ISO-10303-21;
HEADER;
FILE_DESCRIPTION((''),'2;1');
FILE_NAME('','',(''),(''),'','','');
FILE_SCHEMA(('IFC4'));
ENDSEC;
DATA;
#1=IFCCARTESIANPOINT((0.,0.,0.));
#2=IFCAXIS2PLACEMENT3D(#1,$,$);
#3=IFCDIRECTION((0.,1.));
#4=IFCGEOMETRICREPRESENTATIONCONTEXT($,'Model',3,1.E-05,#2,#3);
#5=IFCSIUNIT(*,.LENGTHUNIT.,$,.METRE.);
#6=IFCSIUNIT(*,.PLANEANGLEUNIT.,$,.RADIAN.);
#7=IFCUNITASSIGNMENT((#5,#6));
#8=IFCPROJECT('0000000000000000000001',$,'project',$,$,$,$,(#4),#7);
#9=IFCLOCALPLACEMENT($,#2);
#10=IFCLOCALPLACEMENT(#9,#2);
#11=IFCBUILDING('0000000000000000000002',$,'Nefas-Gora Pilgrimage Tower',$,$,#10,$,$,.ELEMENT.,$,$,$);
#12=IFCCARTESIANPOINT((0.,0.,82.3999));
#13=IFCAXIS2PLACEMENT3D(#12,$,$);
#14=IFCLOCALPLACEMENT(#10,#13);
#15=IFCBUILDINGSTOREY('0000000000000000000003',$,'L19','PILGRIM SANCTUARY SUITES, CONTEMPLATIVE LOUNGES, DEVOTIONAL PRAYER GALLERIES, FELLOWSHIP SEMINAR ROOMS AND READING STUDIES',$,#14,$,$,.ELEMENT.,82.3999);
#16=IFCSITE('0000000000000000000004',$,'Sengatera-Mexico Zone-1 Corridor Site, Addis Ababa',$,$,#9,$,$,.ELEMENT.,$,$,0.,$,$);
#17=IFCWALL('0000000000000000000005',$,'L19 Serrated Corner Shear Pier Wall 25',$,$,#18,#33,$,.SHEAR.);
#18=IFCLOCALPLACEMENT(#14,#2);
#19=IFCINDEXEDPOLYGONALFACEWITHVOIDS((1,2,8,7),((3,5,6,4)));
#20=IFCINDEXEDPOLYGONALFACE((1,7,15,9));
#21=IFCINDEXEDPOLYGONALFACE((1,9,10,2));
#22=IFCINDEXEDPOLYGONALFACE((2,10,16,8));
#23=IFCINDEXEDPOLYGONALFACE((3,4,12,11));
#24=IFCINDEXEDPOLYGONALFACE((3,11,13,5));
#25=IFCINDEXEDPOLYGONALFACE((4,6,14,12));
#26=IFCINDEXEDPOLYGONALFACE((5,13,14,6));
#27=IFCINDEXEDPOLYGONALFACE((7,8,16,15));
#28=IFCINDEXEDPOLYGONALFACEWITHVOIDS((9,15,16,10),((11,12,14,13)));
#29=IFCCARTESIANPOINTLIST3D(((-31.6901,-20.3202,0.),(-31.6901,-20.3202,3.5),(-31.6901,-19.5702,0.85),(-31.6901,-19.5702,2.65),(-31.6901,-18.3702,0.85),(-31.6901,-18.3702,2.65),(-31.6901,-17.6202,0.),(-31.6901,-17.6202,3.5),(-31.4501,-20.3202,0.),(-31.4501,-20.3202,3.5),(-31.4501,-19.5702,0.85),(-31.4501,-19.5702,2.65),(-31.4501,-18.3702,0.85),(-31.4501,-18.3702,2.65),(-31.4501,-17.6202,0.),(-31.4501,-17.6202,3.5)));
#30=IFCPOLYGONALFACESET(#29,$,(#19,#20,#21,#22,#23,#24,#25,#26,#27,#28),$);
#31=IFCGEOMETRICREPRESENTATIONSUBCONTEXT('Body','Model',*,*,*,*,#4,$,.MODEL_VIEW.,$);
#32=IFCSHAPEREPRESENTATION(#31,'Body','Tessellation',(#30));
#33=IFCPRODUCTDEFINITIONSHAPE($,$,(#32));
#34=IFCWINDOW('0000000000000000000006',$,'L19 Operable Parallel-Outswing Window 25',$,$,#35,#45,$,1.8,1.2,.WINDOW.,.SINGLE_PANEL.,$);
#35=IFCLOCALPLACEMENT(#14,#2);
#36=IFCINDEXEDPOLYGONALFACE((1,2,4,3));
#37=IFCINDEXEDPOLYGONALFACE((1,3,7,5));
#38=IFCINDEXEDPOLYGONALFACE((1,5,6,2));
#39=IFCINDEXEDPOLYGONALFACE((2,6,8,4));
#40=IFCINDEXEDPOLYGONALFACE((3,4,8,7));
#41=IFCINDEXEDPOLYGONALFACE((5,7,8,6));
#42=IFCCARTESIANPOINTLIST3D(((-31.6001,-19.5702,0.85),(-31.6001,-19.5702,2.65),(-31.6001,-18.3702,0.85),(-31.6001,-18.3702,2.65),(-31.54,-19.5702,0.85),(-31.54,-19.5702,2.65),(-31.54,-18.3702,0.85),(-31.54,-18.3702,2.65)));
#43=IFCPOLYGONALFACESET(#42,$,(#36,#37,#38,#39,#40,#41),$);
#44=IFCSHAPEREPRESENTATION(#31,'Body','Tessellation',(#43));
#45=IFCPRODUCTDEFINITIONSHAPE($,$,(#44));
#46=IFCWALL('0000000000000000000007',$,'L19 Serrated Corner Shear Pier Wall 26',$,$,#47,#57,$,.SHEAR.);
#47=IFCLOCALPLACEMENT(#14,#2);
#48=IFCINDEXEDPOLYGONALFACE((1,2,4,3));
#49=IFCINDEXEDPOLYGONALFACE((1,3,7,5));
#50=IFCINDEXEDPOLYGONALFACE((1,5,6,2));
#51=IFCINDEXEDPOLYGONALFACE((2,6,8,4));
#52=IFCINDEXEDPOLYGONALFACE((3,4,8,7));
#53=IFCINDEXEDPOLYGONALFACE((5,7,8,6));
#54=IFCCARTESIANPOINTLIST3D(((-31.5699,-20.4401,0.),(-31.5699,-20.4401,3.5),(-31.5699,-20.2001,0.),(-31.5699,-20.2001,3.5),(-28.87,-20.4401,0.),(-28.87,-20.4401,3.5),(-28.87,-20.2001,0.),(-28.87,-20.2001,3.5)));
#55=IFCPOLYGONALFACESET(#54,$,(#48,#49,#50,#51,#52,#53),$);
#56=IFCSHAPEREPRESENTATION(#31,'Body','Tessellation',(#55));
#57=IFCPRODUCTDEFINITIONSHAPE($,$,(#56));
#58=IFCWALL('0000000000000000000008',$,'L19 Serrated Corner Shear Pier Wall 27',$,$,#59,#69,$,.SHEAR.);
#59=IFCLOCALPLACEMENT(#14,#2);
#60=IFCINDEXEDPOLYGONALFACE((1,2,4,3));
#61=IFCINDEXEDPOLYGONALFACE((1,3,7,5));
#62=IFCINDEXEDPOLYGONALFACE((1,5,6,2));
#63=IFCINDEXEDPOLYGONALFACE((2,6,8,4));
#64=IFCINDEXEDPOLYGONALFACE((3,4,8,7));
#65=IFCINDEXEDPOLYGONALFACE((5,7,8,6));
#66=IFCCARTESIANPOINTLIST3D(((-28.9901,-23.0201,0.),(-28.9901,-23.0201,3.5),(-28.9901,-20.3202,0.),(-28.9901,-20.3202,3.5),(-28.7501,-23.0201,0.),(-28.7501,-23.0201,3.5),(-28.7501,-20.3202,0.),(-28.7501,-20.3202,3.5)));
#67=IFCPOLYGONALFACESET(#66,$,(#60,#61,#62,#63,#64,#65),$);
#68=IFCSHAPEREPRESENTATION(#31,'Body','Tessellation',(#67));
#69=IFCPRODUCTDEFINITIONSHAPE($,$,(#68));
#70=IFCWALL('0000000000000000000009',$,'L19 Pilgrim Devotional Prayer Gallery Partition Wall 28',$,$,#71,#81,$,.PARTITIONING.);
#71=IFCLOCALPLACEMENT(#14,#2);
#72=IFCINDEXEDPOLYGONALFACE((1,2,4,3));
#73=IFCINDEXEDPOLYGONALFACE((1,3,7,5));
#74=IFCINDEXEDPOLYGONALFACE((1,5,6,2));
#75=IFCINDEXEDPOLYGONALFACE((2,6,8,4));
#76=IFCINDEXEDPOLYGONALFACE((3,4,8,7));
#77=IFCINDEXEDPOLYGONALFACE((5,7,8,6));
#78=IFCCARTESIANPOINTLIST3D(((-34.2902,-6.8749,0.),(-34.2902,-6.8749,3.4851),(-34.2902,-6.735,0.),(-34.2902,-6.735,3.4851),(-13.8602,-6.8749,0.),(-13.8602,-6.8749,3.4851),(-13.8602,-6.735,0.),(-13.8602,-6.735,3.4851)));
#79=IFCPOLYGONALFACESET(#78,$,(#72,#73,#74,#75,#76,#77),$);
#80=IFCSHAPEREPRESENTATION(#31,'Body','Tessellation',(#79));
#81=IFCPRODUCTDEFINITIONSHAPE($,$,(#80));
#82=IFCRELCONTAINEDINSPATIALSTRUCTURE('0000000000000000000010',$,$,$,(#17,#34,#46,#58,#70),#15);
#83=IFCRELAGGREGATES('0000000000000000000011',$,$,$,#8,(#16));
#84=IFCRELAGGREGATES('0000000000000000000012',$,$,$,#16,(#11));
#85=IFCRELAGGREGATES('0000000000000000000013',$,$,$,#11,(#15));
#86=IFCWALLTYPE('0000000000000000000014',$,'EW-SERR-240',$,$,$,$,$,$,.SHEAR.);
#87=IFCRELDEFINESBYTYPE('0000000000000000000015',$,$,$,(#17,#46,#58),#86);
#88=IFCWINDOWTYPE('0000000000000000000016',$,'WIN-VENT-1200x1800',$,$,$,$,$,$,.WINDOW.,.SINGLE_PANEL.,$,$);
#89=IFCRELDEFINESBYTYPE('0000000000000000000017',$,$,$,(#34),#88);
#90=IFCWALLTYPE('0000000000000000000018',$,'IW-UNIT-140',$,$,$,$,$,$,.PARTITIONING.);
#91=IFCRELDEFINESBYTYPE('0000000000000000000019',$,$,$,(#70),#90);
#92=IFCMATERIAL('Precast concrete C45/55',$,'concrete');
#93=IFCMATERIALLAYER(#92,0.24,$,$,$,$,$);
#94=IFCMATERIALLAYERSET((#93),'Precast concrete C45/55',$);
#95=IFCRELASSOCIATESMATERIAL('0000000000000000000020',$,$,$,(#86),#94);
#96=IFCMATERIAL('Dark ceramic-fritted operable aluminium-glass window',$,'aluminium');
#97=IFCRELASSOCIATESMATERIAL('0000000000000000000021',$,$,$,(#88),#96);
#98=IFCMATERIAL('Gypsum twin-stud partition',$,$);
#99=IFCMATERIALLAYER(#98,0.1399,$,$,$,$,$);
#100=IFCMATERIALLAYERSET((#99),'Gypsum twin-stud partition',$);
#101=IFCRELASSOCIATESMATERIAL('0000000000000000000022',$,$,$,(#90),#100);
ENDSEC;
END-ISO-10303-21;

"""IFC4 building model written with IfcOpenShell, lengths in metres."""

from ifc_helpers import new_model, si_unit, direction, frame, frame_2d, origin, place, context, subcontext, project, spatial, rectangle, extrude, source, transform, mapped, material, layer, layer_set, type_object, element, fill, save


model = new_model("IFC4")

# Units and contexts
model_context = context("Model", 3, precision=1e-05, world=origin(), true_north=direction((0.0, 1.0)))
body_context = subcontext(model_context, "Body", "Model", "MODEL_VIEW")
ifc_project = project(units=[si_unit("LENGTHUNIT", "METRE"), si_unit("PLANEANGLEUNIT", "RADIAN")], contexts=[model_context])

# Site, building, storey
site_placement = place(None, origin())
site = spatial("IfcSite", under=ifc_project, at=site_placement, Name="Sengatera-Mexico Zone-1 Corridor Site, Addis Ababa", CompositionType="ELEMENT", RefElevation=0.0)
building_placement = place(site_placement, origin())
building = spatial("IfcBuilding", under=site, at=building_placement, Name="Nefas-Gora Pilgrimage Tower", CompositionType="ELEMENT")
storey_placement = place(building_placement, frame((0.0, 0.0, 82.3999)))
storey = spatial("IfcBuildingStorey", under=building, at=storey_placement, Name="L19", Description="PILGRIM SANCTUARY SUITES, CONTEMPLATIVE LOUNGES, DEVOTIONAL PRAYER GALLERIES, FELLOWSHIP SEMINAR ROOMS AND READING STUDIES", CompositionType="ELEMENT", Elevation=82.3999)

# Shared definitions
ifc_material_1 = material(Name="Precast concrete C45/55", Category="concrete")
ifc_layer_1 = layer(ifc_material_1, 0.24)
ifc_layer_set_1 = layer_set([ifc_layer_1], Name="Precast concrete C45/55")
wall_type_1 = type_object("IfcWallType", Name="EW-SERR-240", PredefinedType="SHEAR", material=ifc_layer_set_1)
shared_shape_1 = source(origin(), body_context, "Body", "SweptSolid", [
    extrude(rectangle(XDim=2.7, YDim=0.24, at=frame_2d((1.3501, 0.0))), origin(), (0.0, 0.0, 1.0), 3.5),
])

# Wall, opening, window
wall_1_placement = place(storey_placement, frame((-31.5701, -17.6201, 0.0), z_axis=(0.0, 0.0, 1.0), x_axis=(0.0, -1.0, 0.0)))
wall_1 = element("IfcWall", 1, at=wall_1_placement, inside=storey, type_object=wall_type_1, Name="L19 Serrated Corner Shear Pier Wall 25", PredefinedType="SHEAR", context=body_context, shape_type="MappedRepresentation", body=[
    mapped(shared_shape_1, transform((0.0, 0.0, 0.0), x_axis=(1.0, 0.0, 0.0), y_axis=(0.0, 1.0, 0.0), z_axis=(0.0, 0.0, 1.0), scale=1.0)),
])
opening_placement = place(wall_1_placement, frame((0.75, 0.0, 0.8501)))
opening = element("IfcOpeningElement", 2, at=opening_placement, cuts=wall_1, PredefinedType="OPENING", context=body_context, shape_type="SweptSolid", body=[
    extrude(rectangle(XDim=1.2, YDim=1.8, at=frame_2d((0.6001, 0.8999))), frame((0.0, 0.1299, 0.0), z_axis=(0.0, -1.0, 0.0), x_axis=(1.0, 0.0, 0.0)), (0.0, 0.0, 1.0), 0.26),
])
ifc_material_2 = material(Name="Dark ceramic-fritted operable aluminium-glass window", Category="aluminium")
window_type = type_object("IfcWindowType", Name="WIN-VENT-1200x1800", PartitioningType="SINGLE_PANEL", PredefinedType="WINDOW", material=ifc_material_2)
shared_shape_2 = source(origin(), body_context, "Body", "SweptSolid", [
    extrude(rectangle(XDim=1.2, YDim=1.8, at=frame_2d((0.6001, 0.8999))), frame((0.0, 0.03, 0.0), z_axis=(0.0, -1.0, 0.0), x_axis=(1.0, 0.0, 0.0)), (0.0, 0.0, 1.0), 0.0601),
])
window_placement = place(opening_placement, origin())
window = element("IfcWindow", 3, at=window_placement, inside=storey, type_object=window_type, Name="L19 Operable Parallel-Outswing Window 25", OverallHeight=1.8, OverallWidth=1.2, PartitioningType="SINGLE_PANEL", PredefinedType="WINDOW", context=body_context, shape_type="MappedRepresentation", body=[
    mapped(shared_shape_2, transform((0.0, 0.0, 0.0), x_axis=(1.0, 0.0, 0.0), y_axis=(0.0, 1.0, 0.0), z_axis=(0.0, 0.0, 1.0), scale=1.0)),
])
fill(opening, window)

# Walls
for number, where, z_axis, x_axis, name in (
    (4, (-31.5701, -20.3201, 0.0), (0.0, 0.0, 1.0), (1.0, 0.0, 0.0), "L19 Serrated Corner Shear Pier Wall 26"),
    (5, (-28.8701, -20.3201, 0.0), (0.0, 0.0, 1.0), (0.0, -1.0, 0.0), "L19 Serrated Corner Shear Pier Wall 27"),
):
    element("IfcWall", number, at=place(storey_placement, frame(where, z_axis=z_axis, x_axis=x_axis)), inside=storey, type_object=wall_type_1, Name=name, PredefinedType="SHEAR", context=body_context, shape_type="MappedRepresentation", body=[
        mapped(shared_shape_1, transform((0.0, 0.0, 0.0), x_axis=(1.0, 0.0, 0.0), y_axis=(0.0, 1.0, 0.0), z_axis=(0.0, 0.0, 1.0), scale=1.0)),
    ])
ifc_material_3 = material(Name="Gypsum twin-stud partition")
ifc_layer_2 = layer(ifc_material_3, 0.1399)
ifc_layer_set_2 = layer_set([ifc_layer_2], Name="Gypsum twin-stud partition")
wall_type_2 = type_object("IfcWallType", Name="IW-UNIT-140", PredefinedType="PARTITIONING", material=ifc_layer_set_2)
shared_shape_3 = source(origin(), body_context, "Body", "SweptSolid", [
    extrude(rectangle(XDim=20.4299, YDim=0.1399, at=frame_2d((10.2148, 0.0))), origin(), (0.0, 0.0, 1.0), 3.4851),
])
wall_2_placement = place(storey_placement, frame((-34.29, -6.8049, 0.0), z_axis=(0.0, 0.0, 1.0), x_axis=(1.0, 0.0, 0.0)))
element("IfcWall", 6, at=wall_2_placement, inside=storey, type_object=wall_type_2, Name="L19 Pilgrim Devotional Prayer Gallery Partition Wall 28", PredefinedType="PARTITIONING", context=body_context, shape_type="MappedRepresentation", body=[
    mapped(shared_shape_3, transform((0.0, 0.0, 0.0), x_axis=(1.0, 0.0, 0.0), y_axis=(0.0, 1.0, 0.0), z_axis=(0.0, 0.0, 1.0), scale=1.0)),
])

save(model, "model.ifc")
